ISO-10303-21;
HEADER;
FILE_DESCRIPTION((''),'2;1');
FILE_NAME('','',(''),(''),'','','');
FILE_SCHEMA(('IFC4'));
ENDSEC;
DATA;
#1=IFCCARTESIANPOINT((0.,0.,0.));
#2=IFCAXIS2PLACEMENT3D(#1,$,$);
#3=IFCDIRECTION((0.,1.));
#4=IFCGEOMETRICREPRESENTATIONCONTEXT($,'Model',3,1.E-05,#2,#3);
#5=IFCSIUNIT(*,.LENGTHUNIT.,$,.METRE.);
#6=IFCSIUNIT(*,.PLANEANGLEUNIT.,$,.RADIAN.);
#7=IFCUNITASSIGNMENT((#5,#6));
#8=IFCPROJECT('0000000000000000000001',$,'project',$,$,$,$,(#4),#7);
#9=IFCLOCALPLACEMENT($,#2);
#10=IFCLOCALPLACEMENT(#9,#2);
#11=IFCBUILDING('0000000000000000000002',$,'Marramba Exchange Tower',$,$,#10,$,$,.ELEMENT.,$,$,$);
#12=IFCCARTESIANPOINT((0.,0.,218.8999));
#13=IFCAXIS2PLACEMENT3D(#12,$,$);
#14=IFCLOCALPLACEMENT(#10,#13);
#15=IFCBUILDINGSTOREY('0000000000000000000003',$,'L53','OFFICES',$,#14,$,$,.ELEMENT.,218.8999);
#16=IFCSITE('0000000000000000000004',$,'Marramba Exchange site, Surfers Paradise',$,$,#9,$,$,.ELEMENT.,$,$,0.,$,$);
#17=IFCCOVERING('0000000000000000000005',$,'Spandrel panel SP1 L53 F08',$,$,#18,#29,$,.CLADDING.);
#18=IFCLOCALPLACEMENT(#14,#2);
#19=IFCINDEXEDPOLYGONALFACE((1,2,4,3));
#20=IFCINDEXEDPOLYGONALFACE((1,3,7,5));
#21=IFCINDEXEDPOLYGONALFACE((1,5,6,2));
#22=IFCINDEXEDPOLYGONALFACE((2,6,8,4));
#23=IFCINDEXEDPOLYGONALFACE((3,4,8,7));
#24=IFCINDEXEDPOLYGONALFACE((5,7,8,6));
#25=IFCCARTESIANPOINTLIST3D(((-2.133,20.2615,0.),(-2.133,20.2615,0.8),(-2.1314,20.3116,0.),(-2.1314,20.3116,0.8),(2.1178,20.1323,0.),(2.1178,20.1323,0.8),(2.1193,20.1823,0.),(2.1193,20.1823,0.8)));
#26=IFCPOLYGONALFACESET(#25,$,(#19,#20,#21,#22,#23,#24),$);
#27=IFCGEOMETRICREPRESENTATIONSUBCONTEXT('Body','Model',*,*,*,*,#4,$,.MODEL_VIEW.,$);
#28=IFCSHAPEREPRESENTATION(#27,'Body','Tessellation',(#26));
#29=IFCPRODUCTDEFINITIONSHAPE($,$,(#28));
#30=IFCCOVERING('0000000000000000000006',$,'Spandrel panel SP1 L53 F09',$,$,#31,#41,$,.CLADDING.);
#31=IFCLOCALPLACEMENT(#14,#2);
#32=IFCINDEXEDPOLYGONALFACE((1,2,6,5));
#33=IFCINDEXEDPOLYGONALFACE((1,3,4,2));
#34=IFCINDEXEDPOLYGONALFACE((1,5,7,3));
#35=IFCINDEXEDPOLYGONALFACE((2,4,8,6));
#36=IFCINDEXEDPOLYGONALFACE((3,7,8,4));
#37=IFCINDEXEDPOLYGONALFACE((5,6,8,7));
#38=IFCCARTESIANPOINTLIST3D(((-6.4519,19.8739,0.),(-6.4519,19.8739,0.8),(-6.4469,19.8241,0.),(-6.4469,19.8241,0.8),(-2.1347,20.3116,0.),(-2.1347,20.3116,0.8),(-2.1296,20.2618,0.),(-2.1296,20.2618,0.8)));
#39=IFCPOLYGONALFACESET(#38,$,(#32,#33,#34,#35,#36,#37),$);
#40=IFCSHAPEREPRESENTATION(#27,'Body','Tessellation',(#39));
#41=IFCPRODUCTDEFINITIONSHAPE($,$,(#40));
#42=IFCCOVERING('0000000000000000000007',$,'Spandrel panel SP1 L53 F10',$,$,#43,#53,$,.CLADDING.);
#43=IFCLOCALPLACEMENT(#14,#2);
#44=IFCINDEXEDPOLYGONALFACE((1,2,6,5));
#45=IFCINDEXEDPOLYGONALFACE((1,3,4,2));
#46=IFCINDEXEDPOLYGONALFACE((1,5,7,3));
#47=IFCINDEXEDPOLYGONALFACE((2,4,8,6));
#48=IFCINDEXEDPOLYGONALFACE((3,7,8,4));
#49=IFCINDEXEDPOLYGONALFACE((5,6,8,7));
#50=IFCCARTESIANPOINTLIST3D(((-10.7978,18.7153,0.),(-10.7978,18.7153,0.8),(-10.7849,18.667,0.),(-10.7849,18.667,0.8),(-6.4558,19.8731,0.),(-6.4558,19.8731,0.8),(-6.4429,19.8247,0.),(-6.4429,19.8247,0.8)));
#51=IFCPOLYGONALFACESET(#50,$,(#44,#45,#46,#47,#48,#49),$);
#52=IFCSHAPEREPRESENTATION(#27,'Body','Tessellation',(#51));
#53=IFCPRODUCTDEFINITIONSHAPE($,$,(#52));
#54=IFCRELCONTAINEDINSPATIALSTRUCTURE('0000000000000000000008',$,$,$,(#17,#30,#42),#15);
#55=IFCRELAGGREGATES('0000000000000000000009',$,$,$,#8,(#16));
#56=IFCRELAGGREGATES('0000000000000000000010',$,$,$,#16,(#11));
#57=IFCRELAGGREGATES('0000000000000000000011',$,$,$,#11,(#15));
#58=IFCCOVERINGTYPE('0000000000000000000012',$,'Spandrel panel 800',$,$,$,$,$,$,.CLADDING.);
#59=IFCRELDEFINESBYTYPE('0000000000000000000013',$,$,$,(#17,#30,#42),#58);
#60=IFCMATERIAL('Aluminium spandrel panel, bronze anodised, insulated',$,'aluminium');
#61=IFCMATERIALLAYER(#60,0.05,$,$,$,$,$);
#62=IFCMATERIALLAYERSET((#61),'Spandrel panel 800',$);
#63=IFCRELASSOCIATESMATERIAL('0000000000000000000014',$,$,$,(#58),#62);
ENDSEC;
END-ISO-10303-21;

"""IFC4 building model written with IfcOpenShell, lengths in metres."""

from ifc_helpers import new_model, si_unit, direction, frame, origin, origin_2d, place, context, subcontext, project, spatial, rectangle, extrude, material, layer, layer_set, type_object, element, save


model = new_model("IFC4")

# Units and contexts
model_context = context("Model", 3, precision=1e-05, world=origin(), true_north=direction((0.0, 1.0)))
body_context = subcontext(model_context, "Body", "Model", "MODEL_VIEW")
ifc_project = project(units=[si_unit("LENGTHUNIT", "METRE"), si_unit("PLANEANGLEUNIT", "RADIAN")], contexts=[model_context])

# Site, building, storey
site_placement = place(None, origin())
site = spatial("IfcSite", under=ifc_project, at=site_placement, Name="Marramba Exchange site, Surfers Paradise", CompositionType="ELEMENT", RefElevation=0.0)
building_placement = place(site_placement, origin())
building = spatial("IfcBuilding", under=site, at=building_placement, Name="Marramba Exchange Tower", CompositionType="ELEMENT")
storey_placement = place(building_placement, frame((0.0, 0.0, 218.8999)))
storey = spatial("IfcBuildingStorey", under=building, at=storey_placement, Name="L53", Description="OFFICES", CompositionType="ELEMENT", Elevation=218.8999)

# Coverings
ifc_material_1 = material(Name="Aluminium spandrel panel, bronze anodised, insulated", Category="aluminium")
ifc_layer_1 = layer(ifc_material_1, 0.05)
ifc_layer_set_1 = layer_set([ifc_layer_1], Name="Spandrel panel 800")
covering_type = type_object("IfcCoveringType", Name="Spandrel panel 800", PredefinedType="CLADDING", material=ifc_layer_set_1)
covering_1_placement = place(storey_placement, frame((-0.0068, 20.2219, 0.0), z_axis=(0.0, 0.0, 1.0), x_axis=(-0.999538, 0.030394, 0.0)))
element("IfcCovering", 1, at=covering_1_placement, inside=storey, type_object=covering_type, Name="Spandrel panel SP1 L53 F08", PredefinedType="CLADDING", context=body_context, shape_type="SweptSolid", body=[
    extrude(rectangle(XDim=4.2527, YDim=0.05, at=origin_2d()), origin(), (0.0, 0.0, 1.0), 0.8),
])
covering_2_placement = place(storey_placement, frame((-4.2908, 20.0679, 0.0), z_axis=(0.0, 0.0, 1.0), x_axis=(-0.9949, -0.100863, 0.0)))
element("IfcCovering", 2, at=covering_2_placement, inside=storey, type_object=covering_type, Name="Spandrel panel SP1 L53 F09", PredefinedType="CLADDING", context=body_context, shape_type="SweptSolid", body=[
    extrude(rectangle(XDim=4.3394, YDim=0.05, at=origin_2d()), origin(), (0.0, 0.0, 1.0), 0.8),
])
covering_3_placement = place(storey_placement, frame((-8.6204, 19.27, 0.0), z_axis=(0.0, 0.0, 1.0), x_axis=(-0.966241, -0.257641, 0.0)))
element("IfcCovering", 3, at=covering_3_placement, inside=storey, type_object=covering_type, Name="Spandrel panel SP1 L53 F10", PredefinedType="CLADDING", context=body_context, shape_type="SweptSolid", body=[
    extrude(rectangle(XDim=4.4937, YDim=0.05, at=origin_2d()), origin(), (0.0, 0.0, 1.0), 0.8),
])

save(model, "model.ifc")
